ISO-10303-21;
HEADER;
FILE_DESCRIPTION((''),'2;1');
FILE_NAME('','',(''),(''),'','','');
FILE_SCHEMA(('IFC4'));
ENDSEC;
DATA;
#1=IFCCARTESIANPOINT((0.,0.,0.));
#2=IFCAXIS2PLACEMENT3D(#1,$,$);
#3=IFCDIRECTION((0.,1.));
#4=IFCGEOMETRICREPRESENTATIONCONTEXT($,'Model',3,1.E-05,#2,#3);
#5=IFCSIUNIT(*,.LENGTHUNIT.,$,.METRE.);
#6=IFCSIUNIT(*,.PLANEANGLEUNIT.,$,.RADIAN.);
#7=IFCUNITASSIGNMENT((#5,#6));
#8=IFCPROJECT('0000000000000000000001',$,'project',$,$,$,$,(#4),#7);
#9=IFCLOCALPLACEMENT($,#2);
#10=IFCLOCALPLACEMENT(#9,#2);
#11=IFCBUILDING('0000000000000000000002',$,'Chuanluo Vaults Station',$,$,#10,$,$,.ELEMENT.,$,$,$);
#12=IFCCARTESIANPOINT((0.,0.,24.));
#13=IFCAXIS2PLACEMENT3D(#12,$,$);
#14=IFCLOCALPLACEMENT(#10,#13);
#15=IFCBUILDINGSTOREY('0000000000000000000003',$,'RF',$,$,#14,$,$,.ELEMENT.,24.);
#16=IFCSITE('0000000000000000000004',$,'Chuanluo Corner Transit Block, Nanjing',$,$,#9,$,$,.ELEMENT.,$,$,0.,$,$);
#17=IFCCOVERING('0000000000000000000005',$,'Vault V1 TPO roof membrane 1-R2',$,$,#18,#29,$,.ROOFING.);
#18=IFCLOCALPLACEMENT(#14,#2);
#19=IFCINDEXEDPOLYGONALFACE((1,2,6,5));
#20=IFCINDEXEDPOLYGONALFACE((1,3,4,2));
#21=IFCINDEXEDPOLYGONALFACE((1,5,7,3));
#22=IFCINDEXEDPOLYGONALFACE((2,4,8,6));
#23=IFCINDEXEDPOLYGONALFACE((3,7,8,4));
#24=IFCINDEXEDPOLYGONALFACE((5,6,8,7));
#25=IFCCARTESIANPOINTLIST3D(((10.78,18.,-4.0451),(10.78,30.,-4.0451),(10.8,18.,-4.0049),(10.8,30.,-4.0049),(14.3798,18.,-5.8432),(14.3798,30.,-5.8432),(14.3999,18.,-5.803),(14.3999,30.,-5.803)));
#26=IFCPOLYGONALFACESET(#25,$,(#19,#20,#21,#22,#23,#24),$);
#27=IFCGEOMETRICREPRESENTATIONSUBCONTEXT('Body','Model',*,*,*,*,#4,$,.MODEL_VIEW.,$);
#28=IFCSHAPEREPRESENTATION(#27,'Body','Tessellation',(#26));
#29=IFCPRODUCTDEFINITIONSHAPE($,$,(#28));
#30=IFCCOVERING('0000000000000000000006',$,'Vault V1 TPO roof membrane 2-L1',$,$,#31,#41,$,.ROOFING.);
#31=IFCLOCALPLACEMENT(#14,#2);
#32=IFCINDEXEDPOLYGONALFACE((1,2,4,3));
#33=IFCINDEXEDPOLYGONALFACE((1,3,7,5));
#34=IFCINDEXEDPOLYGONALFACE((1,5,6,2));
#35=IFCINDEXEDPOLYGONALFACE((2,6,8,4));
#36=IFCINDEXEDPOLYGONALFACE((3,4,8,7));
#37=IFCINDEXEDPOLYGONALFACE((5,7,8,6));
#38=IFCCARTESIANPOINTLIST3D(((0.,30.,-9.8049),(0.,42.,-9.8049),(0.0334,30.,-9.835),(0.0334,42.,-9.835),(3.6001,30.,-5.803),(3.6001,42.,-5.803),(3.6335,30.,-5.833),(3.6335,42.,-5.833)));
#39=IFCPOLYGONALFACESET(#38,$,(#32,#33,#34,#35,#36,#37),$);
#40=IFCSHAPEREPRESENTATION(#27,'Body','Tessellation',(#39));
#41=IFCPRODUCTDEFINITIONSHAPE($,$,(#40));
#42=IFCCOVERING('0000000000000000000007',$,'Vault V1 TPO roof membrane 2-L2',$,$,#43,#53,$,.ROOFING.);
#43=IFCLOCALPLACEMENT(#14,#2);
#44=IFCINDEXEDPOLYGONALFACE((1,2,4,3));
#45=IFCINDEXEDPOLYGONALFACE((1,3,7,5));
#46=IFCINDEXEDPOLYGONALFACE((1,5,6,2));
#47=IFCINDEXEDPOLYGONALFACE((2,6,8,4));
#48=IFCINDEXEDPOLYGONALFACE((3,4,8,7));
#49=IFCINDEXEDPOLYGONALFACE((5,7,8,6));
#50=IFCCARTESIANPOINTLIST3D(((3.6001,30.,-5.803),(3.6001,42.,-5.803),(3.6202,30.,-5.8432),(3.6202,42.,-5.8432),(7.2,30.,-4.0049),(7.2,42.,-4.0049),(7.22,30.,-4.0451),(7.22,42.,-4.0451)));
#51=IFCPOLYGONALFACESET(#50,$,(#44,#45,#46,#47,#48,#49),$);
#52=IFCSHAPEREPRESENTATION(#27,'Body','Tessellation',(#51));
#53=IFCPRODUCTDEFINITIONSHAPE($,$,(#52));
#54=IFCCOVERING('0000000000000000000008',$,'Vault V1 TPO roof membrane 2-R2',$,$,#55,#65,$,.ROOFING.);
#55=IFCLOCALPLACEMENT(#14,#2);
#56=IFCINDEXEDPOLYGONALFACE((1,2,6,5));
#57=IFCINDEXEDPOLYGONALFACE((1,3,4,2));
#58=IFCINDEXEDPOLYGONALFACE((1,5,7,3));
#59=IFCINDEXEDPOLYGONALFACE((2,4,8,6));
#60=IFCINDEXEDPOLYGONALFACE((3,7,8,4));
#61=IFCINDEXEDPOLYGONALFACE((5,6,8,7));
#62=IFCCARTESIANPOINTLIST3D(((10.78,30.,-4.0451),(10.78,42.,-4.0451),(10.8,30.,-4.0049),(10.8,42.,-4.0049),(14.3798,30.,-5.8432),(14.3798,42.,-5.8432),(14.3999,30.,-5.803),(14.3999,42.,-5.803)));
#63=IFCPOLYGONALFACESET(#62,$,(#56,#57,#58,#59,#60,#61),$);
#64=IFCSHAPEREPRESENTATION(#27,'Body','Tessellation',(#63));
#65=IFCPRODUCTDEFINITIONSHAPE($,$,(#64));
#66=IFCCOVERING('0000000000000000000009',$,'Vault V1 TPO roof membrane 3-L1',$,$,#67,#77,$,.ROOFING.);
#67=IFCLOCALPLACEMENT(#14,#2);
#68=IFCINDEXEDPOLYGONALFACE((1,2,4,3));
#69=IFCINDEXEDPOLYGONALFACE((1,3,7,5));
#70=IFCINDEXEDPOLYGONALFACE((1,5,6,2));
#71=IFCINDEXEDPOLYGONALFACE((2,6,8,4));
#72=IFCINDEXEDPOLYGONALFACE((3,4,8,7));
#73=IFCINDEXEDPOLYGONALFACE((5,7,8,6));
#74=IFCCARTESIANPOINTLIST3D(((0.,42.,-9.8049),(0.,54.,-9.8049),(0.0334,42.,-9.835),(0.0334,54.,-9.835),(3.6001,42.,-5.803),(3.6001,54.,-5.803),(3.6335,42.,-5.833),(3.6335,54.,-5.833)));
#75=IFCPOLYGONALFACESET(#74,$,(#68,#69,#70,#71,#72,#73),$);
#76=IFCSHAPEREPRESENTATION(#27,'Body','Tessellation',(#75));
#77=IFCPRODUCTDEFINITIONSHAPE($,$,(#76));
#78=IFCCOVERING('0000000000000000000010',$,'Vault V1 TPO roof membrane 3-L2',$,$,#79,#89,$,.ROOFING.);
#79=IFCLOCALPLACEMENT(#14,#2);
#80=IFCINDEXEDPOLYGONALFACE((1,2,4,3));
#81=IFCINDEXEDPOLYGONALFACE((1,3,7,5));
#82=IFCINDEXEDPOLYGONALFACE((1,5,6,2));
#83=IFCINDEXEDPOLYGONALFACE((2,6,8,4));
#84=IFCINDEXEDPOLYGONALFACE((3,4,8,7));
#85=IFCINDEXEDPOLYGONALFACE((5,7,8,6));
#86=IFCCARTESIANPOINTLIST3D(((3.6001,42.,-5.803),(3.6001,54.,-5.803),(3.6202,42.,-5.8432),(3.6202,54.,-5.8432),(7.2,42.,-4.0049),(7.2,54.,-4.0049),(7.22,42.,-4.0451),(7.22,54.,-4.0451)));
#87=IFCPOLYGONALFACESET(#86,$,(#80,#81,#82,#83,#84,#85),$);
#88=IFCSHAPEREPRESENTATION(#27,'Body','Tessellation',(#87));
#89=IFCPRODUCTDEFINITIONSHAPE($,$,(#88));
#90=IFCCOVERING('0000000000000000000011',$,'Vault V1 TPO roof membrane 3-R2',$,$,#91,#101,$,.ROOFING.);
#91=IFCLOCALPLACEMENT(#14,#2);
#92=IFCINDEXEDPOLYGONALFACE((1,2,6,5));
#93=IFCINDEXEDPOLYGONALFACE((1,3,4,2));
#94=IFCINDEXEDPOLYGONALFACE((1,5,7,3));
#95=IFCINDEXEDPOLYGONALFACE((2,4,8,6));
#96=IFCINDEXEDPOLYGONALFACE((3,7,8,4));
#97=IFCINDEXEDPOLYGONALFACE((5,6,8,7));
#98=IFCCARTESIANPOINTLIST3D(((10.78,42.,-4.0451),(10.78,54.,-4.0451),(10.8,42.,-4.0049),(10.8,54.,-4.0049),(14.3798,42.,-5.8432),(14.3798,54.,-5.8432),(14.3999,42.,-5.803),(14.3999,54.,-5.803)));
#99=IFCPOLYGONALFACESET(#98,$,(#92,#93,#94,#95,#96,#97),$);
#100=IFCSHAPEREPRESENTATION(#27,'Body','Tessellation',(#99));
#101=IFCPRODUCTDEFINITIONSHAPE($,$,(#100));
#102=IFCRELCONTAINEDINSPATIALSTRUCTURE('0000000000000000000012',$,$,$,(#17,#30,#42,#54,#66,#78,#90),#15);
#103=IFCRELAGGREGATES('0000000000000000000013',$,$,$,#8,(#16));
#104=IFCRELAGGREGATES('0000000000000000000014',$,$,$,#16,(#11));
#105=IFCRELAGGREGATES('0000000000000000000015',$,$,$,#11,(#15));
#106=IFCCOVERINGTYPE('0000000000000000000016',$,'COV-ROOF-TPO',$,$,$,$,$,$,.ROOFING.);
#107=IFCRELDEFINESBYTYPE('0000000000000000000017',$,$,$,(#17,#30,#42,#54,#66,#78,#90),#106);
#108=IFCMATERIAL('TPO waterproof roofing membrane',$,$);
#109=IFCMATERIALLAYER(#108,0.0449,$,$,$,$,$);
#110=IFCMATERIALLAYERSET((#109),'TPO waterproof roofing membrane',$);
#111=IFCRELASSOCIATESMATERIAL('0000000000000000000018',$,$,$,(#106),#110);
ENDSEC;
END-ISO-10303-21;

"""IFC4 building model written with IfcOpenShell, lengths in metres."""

from ifc_helpers import new_model, si_unit, direction, frame, origin, place, context, subcontext, project, spatial, polyline, outline, extrude, material, layer, layer_set, type_object, element, save


model = new_model("IFC4")

# Units and contexts
model_context = context("Model", 3, precision=1e-05, world=origin(), true_north=direction((0.0, 1.0)))
body_context = subcontext(model_context, "Body", "Model", "MODEL_VIEW")
ifc_project = project(units=[si_unit("LENGTHUNIT", "METRE"), si_unit("PLANEANGLEUNIT", "RADIAN")], contexts=[model_context])

# Site, building, storey
site_placement = place(None, origin())
site = spatial("IfcSite", under=ifc_project, at=site_placement, Name="Chuanluo Corner Transit Block, Nanjing", CompositionType="ELEMENT", RefElevation=0.0)
building_placement = place(site_placement, origin())
building = spatial("IfcBuilding", under=site, at=building_placement, Name="Chuanluo Vaults Station", CompositionType="ELEMENT")
storey_placement = place(building_placement, frame((0.0, 0.0, 24.0)))
storey = spatial("IfcBuildingStorey", under=building, at=storey_placement, Name="RF", CompositionType="ELEMENT", Elevation=24.0)

# Coverings
ifc_material_1 = material(Name="TPO waterproof roofing membrane")
ifc_layer_1 = layer(ifc_material_1, 0.0449)
ifc_layer_set_1 = layer_set([ifc_layer_1], Name="TPO waterproof roofing membrane")
covering_type_1 = type_object("IfcCoveringType", Name="COV-ROOF-TPO", PredefinedType="ROOFING", material=ifc_layer_set_1)
for number, where, z_axis, x_axis, name in (
    (1, (10.8, 18.0, -4.0049), (0.44685, 0.0, 0.894609), (0.894609, 0.0, -0.44685), "Vault V1 TPO roof membrane 1-R2"),
):
    element("IfcCovering", number, at=place(storey_placement, frame(where, z_axis=z_axis, x_axis=x_axis)), inside=storey, type_object=covering_type_1, Name=name, PredefinedType="ROOFING", context=body_context, shape_type="SweptSolid", body=[
        extrude(outline(polyline([(0.0, 0.0), (4.0239, 0.0), (4.0239, 12.0), (0.0, 12.0), (0.0, 0.0)])), origin(), (0.0, 0.0, -1.0), 0.0449),
    ])
covering_1_placement = place(storey_placement, frame((0.0, 30.0, -9.8049), z_axis=(-0.743447, 0.0, 0.668794), x_axis=(0.668794, 0.0, 0.743447)))
element("IfcCovering", 2, at=covering_1_placement, inside=storey, type_object=covering_type_1, Name="Vault V1 TPO roof membrane 2-L1", PredefinedType="ROOFING", context=body_context, shape_type="SweptSolid", body=[
    extrude(outline(polyline([(0.0, 0.0), (5.383, 0.0), (5.383, 12.0), (0.0, 12.0), (0.0, 0.0)])), origin(), (0.0, 0.0, -1.0), 0.0449),
])
for number, where, z_axis, x_axis, name in (
    (3, (3.6001, 30.0, -5.803), (-0.44685, 0.0, 0.894609), (0.894609, 0.0, 0.44685), "Vault V1 TPO roof membrane 2-L2"),
    (4, (10.8, 30.0, -4.0049), (0.44685, 0.0, 0.894609), (0.894609, 0.0, -0.44685), "Vault V1 TPO roof membrane 2-R2"),
):
    element("IfcCovering", number, at=place(storey_placement, frame(where, z_axis=z_axis, x_axis=x_axis)), inside=storey, type_object=covering_type_1, Name=name, PredefinedType="ROOFING", context=body_context, shape_type="SweptSolid", body=[
        extrude(outline(polyline([(0.0, 0.0), (4.0239, 0.0), (4.0239, 12.0), (0.0, 12.0), (0.0, 0.0)])), origin(), (0.0, 0.0, -1.0), 0.0449),
    ])
covering_2_placement = place(storey_placement, frame((0.0, 42.0, -9.8049), z_axis=(-0.743447, 0.0, 0.668794), x_axis=(0.668794, 0.0, 0.743447)))
element("IfcCovering", 5, at=covering_2_placement, inside=storey, type_object=covering_type_1, Name="Vault V1 TPO roof membrane 3-L1", PredefinedType="ROOFING", context=body_context, shape_type="SweptSolid", body=[
    extrude(outline(polyline([(0.0, 0.0), (5.383, 0.0), (5.383, 12.0), (0.0, 12.0), (0.0, 0.0)])), origin(), (0.0, 0.0, -1.0), 0.0449),
])
for number, where, z_axis, x_axis, name in (
    (6, (3.6001, 42.0, -5.803), (-0.44685, 0.0, 0.894609), (0.894609, 0.0, 0.44685), "Vault V1 TPO roof membrane 3-L2"),
    (7, (10.8, 42.0, -4.0049), (0.44685, 0.0, 0.894609), (0.894609, 0.0, -0.44685), "Vault V1 TPO roof membrane 3-R2"),
):
    element("IfcCovering", number, at=place(storey_placement, frame(where, z_axis=z_axis, x_axis=x_axis)), inside=storey, type_object=covering_type_1, Name=name, PredefinedType="ROOFING", context=body_context, shape_type="SweptSolid", body=[
        extrude(outline(polyline([(0.0, 0.0), (4.0239, 0.0), (4.0239, 12.0), (0.0, 12.0), (0.0, 0.0)])), origin(), (0.0, 0.0, -1.0), 0.0449),
    ])

save(model, "model.ifc")
